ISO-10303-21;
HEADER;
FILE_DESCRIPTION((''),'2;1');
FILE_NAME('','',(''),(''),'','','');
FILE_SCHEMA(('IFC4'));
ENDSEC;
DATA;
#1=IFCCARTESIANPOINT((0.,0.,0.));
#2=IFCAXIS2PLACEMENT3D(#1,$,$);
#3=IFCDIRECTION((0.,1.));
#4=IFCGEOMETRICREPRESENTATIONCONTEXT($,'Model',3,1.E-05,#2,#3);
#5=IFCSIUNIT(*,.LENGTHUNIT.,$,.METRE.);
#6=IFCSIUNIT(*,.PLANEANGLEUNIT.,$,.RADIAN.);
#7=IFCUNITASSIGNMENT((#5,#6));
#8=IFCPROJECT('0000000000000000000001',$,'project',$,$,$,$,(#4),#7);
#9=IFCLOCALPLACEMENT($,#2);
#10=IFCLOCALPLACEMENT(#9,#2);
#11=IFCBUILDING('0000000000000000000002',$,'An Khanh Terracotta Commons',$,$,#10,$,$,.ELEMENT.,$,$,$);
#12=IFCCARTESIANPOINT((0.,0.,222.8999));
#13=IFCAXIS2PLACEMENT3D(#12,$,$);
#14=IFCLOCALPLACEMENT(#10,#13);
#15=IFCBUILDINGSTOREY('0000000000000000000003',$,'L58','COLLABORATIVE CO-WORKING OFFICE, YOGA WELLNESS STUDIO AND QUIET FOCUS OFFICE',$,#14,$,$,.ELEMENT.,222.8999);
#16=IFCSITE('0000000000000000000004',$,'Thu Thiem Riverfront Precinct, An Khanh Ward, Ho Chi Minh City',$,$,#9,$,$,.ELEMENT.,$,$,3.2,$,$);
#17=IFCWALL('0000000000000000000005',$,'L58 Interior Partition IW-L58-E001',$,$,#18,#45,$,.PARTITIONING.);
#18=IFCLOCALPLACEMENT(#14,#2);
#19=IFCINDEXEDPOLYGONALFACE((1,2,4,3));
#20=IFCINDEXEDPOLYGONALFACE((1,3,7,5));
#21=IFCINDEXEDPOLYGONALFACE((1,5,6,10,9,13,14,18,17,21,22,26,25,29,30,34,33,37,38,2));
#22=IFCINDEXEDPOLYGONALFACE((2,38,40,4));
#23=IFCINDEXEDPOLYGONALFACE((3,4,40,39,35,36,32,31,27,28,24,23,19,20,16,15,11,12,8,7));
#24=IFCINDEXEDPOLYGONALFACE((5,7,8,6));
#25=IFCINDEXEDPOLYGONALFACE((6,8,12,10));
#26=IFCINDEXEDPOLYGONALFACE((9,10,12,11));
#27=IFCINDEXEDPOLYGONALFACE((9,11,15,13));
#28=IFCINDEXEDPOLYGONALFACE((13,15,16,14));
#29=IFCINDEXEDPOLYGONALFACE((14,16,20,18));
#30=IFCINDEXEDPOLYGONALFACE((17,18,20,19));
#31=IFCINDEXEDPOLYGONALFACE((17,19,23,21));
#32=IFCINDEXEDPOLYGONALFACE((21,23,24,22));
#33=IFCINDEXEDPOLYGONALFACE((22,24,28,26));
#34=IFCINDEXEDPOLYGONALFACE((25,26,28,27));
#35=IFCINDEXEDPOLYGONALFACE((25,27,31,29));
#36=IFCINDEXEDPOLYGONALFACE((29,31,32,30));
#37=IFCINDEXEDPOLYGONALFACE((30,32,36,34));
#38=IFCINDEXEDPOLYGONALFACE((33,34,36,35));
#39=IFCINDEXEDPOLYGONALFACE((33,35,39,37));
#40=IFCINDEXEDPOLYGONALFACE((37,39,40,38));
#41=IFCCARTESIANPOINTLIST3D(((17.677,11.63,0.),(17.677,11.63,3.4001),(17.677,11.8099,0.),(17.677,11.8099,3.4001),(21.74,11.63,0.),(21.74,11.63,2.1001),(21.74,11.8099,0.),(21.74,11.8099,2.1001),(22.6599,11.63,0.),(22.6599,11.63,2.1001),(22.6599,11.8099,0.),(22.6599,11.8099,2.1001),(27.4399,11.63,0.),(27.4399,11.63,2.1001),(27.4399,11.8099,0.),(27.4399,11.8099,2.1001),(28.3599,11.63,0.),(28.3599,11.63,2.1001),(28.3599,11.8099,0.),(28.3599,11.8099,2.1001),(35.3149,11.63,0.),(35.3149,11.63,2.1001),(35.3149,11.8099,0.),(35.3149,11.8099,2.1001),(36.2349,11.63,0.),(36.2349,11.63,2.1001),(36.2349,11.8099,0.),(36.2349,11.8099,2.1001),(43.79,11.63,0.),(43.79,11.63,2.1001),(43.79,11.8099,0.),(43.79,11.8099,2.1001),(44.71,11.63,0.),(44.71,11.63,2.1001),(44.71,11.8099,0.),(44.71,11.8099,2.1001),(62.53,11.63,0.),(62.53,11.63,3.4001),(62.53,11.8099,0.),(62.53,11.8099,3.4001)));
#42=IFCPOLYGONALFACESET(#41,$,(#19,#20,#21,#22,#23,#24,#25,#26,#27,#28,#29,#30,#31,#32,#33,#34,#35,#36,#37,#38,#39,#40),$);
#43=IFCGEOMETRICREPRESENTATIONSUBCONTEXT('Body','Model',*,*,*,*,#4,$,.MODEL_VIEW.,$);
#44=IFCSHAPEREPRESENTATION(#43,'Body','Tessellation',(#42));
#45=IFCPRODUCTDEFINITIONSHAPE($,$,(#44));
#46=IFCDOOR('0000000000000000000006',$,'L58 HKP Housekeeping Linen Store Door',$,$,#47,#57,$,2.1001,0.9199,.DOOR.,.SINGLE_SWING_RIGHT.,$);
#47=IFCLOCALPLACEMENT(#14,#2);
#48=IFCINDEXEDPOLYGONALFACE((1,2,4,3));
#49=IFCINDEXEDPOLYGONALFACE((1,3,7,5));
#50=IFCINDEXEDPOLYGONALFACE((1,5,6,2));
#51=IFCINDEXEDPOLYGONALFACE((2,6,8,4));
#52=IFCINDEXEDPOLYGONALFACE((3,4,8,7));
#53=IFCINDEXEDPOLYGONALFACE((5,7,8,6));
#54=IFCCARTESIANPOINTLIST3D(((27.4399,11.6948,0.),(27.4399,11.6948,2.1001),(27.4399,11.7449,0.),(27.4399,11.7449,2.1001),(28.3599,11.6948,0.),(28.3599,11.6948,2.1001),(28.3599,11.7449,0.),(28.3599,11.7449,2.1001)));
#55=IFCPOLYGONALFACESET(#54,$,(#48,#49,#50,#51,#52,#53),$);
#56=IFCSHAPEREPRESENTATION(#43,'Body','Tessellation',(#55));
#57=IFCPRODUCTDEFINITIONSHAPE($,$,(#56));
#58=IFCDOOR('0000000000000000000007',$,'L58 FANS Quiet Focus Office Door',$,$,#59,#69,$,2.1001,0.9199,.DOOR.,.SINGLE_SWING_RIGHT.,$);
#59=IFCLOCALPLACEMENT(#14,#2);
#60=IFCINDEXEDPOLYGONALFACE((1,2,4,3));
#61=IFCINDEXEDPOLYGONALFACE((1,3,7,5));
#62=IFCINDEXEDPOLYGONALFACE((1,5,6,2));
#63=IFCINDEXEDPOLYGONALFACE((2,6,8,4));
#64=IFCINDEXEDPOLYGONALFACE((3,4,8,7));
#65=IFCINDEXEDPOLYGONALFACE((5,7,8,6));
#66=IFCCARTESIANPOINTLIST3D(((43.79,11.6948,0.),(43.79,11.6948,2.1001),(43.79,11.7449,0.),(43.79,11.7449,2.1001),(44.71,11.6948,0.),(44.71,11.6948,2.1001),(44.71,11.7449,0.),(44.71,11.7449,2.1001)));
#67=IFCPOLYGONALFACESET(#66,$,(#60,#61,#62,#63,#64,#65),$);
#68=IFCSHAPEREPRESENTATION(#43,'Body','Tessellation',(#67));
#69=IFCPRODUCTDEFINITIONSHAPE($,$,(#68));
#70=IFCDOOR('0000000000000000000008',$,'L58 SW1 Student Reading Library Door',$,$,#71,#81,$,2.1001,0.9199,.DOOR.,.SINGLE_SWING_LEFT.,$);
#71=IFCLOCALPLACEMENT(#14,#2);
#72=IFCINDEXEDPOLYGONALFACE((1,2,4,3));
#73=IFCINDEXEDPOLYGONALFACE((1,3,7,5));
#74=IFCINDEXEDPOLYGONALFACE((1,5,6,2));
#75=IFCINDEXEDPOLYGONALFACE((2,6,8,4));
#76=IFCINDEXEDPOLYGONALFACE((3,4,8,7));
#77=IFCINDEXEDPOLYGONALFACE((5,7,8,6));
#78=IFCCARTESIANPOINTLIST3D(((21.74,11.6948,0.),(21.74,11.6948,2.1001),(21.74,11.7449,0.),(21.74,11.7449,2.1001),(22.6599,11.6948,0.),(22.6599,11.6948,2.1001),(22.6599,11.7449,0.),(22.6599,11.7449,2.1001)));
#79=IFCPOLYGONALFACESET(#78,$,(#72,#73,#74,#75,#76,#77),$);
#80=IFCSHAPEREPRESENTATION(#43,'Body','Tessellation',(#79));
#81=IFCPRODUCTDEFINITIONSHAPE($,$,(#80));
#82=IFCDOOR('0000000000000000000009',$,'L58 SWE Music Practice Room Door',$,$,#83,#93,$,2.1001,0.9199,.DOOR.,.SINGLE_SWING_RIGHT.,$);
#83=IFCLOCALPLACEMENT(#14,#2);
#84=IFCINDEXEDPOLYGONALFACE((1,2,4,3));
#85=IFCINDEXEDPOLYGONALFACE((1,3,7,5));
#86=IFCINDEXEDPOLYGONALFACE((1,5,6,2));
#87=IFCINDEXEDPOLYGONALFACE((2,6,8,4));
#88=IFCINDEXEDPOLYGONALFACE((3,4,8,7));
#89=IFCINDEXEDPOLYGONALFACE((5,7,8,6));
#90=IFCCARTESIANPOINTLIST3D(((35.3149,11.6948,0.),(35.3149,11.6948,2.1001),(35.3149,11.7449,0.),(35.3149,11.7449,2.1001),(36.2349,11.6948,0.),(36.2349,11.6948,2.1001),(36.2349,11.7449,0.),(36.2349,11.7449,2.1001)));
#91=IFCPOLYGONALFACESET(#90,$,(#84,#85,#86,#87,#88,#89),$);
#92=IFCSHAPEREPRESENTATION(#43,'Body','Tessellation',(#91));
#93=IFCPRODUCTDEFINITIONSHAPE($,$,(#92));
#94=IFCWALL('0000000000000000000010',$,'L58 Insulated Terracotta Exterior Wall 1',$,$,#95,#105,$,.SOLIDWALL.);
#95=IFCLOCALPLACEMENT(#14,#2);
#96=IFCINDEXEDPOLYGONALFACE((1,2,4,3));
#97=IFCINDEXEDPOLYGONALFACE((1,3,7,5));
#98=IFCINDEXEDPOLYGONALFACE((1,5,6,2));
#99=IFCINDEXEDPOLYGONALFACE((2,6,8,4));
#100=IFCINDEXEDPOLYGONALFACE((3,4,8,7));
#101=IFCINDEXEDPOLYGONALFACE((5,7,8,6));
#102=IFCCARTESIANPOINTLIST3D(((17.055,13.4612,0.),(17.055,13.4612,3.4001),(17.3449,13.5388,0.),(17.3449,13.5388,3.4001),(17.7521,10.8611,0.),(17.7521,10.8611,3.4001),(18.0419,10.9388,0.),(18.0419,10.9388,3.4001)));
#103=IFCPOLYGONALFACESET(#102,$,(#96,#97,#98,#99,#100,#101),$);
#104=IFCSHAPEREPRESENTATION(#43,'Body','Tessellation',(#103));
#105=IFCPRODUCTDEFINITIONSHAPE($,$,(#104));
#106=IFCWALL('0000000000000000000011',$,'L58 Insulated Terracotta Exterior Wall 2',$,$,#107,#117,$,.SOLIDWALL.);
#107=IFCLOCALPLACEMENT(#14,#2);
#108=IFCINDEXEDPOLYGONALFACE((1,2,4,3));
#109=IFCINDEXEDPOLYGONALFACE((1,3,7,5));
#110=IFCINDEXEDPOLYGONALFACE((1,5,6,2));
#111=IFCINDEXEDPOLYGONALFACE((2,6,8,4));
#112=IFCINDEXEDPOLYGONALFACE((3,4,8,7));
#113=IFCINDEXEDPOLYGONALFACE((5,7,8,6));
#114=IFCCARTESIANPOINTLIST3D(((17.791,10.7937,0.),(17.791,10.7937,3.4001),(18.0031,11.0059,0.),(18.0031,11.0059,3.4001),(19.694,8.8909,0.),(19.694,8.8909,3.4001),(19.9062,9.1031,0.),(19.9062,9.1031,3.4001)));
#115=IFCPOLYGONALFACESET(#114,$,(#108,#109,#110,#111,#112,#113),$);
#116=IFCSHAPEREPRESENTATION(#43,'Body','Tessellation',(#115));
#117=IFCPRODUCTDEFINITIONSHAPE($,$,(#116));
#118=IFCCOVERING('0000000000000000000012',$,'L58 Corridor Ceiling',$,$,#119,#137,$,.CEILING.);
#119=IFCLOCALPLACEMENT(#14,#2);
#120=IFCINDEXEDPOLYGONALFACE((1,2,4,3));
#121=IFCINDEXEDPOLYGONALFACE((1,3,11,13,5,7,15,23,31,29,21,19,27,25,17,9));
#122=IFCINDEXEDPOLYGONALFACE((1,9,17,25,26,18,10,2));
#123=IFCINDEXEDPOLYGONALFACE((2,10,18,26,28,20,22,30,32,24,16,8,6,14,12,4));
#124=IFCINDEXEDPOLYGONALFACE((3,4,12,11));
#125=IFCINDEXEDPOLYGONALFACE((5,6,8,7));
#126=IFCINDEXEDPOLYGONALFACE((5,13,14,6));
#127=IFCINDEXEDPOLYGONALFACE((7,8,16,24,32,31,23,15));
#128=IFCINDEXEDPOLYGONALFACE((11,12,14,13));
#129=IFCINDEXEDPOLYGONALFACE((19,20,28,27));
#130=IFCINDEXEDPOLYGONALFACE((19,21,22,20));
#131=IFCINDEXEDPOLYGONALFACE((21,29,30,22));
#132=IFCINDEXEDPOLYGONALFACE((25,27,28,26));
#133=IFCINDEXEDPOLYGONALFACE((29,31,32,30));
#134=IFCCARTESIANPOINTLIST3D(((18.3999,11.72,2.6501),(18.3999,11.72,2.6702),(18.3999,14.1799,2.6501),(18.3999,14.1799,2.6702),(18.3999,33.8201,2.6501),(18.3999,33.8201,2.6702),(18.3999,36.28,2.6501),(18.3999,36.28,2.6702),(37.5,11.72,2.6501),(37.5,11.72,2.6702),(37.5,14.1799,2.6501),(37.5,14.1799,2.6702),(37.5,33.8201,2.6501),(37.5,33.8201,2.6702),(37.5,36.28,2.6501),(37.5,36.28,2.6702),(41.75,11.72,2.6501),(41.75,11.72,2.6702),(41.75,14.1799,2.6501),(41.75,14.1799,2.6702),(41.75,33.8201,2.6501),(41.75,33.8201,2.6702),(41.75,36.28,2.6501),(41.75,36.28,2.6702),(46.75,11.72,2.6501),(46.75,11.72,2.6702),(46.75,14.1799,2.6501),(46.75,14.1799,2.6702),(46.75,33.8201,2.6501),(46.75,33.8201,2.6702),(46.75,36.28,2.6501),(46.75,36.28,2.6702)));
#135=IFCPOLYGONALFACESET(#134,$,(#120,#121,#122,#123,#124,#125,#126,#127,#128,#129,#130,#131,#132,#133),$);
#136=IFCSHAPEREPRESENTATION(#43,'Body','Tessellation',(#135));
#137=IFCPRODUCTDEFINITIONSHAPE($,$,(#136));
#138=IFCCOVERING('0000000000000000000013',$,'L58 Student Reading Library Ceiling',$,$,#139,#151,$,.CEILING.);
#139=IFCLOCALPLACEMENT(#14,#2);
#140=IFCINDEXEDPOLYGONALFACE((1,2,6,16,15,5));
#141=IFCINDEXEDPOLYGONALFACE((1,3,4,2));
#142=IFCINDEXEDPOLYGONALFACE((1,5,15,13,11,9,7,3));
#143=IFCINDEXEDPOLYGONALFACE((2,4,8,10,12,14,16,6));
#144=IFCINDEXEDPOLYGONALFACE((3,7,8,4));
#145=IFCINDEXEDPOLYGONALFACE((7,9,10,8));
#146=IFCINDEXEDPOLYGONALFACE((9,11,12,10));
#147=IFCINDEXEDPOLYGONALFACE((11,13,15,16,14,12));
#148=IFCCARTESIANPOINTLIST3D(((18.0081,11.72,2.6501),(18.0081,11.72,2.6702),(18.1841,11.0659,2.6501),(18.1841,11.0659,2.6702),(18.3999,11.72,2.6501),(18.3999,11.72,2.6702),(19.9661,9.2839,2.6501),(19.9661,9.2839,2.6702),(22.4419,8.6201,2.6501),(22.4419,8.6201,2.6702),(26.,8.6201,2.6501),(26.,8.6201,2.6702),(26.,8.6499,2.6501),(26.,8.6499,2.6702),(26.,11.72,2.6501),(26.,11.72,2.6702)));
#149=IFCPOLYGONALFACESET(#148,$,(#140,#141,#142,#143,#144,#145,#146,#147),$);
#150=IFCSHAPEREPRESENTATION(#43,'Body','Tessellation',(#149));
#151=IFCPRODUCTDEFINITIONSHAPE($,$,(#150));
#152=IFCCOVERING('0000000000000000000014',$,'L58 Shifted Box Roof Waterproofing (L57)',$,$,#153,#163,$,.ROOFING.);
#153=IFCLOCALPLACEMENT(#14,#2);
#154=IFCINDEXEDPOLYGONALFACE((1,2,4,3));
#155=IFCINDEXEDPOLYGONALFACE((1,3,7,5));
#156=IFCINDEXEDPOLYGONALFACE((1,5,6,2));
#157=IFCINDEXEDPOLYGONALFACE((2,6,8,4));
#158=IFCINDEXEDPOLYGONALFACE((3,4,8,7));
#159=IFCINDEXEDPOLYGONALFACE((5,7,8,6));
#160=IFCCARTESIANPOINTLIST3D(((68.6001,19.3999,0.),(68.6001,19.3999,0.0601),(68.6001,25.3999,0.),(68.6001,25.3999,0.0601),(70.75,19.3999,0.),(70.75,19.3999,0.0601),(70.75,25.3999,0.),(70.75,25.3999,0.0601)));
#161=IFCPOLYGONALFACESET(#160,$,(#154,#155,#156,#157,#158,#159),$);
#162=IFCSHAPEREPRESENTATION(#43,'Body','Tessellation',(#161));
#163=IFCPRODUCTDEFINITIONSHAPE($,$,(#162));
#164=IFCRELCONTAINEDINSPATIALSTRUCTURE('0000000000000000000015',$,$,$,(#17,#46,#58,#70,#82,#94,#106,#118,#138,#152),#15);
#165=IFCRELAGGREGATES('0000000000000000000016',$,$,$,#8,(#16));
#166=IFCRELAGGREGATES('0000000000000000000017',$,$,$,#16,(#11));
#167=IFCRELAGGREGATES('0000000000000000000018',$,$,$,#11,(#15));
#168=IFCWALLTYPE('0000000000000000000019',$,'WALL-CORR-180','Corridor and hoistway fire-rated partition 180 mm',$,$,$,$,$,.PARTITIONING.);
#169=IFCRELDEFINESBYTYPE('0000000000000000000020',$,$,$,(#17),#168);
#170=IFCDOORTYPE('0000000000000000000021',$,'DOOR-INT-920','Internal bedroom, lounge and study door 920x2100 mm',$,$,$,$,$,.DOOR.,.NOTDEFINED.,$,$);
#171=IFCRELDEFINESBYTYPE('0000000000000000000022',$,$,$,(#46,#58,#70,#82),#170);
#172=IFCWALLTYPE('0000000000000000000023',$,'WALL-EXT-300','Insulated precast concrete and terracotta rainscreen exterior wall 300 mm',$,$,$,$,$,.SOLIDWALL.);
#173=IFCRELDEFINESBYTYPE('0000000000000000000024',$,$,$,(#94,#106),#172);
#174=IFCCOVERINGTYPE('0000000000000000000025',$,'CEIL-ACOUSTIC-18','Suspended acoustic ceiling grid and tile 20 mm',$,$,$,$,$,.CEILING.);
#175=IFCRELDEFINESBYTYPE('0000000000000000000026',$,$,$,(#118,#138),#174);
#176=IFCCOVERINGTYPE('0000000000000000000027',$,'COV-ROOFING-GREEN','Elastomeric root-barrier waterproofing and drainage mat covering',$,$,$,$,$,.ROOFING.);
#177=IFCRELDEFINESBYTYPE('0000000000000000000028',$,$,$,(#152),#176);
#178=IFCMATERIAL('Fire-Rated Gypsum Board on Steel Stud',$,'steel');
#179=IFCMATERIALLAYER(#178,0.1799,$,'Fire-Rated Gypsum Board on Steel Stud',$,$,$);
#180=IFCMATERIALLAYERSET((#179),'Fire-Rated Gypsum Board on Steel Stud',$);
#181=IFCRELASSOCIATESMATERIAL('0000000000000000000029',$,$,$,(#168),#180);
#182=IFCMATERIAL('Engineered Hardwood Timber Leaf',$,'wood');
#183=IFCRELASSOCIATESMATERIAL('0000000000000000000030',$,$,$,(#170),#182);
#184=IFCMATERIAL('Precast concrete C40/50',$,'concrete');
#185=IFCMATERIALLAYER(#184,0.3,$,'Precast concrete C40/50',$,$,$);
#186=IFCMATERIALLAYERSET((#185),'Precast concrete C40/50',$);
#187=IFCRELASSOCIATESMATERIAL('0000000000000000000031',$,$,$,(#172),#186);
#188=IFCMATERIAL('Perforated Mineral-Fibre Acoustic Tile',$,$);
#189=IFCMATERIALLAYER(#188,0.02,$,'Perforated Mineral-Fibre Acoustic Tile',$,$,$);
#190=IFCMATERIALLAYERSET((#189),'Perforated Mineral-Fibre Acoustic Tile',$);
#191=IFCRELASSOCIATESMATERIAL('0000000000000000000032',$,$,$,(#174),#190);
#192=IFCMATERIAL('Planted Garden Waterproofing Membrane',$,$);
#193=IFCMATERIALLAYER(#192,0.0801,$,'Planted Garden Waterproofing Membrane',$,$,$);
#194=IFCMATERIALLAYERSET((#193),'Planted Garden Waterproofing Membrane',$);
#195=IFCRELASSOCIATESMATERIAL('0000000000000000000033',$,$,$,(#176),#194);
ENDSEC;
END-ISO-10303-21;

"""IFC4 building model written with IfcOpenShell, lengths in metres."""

from ifc_helpers import new_model, si_unit, direction, frame, frame_2d, origin, place, context, subcontext, project, spatial, polyline, rectangle, outline, extrude, material, layer, layer_set, type_object, element, fill, save


model = new_model("IFC4")

# Units and contexts
model_context = context("Model", 3, precision=1e-05, world=origin(), true_north=direction((0.0, 1.0)))
body_context = subcontext(model_context, "Body", "Model", "MODEL_VIEW")
ifc_project = project(units=[si_unit("LENGTHUNIT", "METRE"), si_unit("PLANEANGLEUNIT", "RADIAN")], contexts=[model_context])

# Site, building, storey
site_placement = place(None, origin())
site = spatial("IfcSite", under=ifc_project, at=site_placement, Name="Thu Thiem Riverfront Precinct, An Khanh Ward, Ho Chi Minh City", CompositionType="ELEMENT", RefElevation=3.2)
building_placement = place(site_placement, origin())
building = spatial("IfcBuilding", under=site, at=building_placement, Name="An Khanh Terracotta Commons", CompositionType="ELEMENT")
storey_placement = place(building_placement, frame((0.0, 0.0, 222.8999)))
storey = spatial("IfcBuildingStorey", under=building, at=storey_placement, Name="L58", Description="COLLABORATIVE CO-WORKING OFFICE, YOGA WELLNESS STUDIO AND QUIET FOCUS OFFICE", CompositionType="ELEMENT", Elevation=222.8999)

# Shared definitions
ifc_material_1 = material(Name="Precast concrete C40/50", Category="concrete")

# Wall, openings, doors
ifc_material_2 = material(Name="Fire-Rated Gypsum Board on Steel Stud", Category="steel")
ifc_layer_1 = layer(ifc_material_2, 0.1799, Name="Fire-Rated Gypsum Board on Steel Stud")
ifc_layer_set_1 = layer_set([ifc_layer_1], Name="Fire-Rated Gypsum Board on Steel Stud")
wall_type_1 = type_object("IfcWallType", Name="WALL-CORR-180", Description="Corridor and hoistway fire-rated partition 180 mm", PredefinedType="PARTITIONING", material=ifc_layer_set_1)
wall_1_placement = place(storey_placement, frame((17.677, 11.72, 0.0), z_axis=(0.0, 0.0, 1.0), x_axis=(1.0, 0.0, 0.0)))
wall_1 = element("IfcWall", 1, at=wall_1_placement, inside=storey, type_object=wall_type_1, Name="L58 Interior Partition IW-L58-E001", PredefinedType="PARTITIONING", context=body_context, shape_type="SweptSolid", body=[
    extrude(rectangle(XDim=44.853, YDim=0.1799, at=frame_2d((22.4265, 0.0))), origin(), (0.0, 0.0, 1.0), 3.4001),
])
opening_1_placement = place(wall_1_placement, frame((9.7629, 0.0, 0.0)))
opening_1 = element("IfcOpeningElement", 2, at=opening_1_placement, cuts=wall_1, PredefinedType="OPENING", context=body_context, shape_type="SweptSolid", body=[
    extrude(rectangle(XDim=0.9199, YDim=2.1001, at=frame_2d((0.46, 1.05))), frame((0.0, 0.0999, 0.0), z_axis=(0.0, -1.0, 0.0), x_axis=(1.0, 0.0, 0.0)), (0.0, 0.0, 1.0), 0.2),
])
opening_2_placement = place(wall_1_placement, frame((26.113, 0.0, 0.0)))
opening_2 = element("IfcOpeningElement", 3, at=opening_2_placement, cuts=wall_1, PredefinedType="OPENING", context=body_context, shape_type="SweptSolid", body=[
    extrude(rectangle(XDim=0.9199, YDim=2.1001, at=frame_2d((0.46, 1.05))), frame((0.0, 0.0999, 0.0), z_axis=(0.0, -1.0, 0.0), x_axis=(1.0, 0.0, 0.0)), (0.0, 0.0, 1.0), 0.2),
])
opening_3_placement = place(wall_1_placement, frame((4.063, 0.0, 0.0)))
opening_3 = element("IfcOpeningElement", 4, at=opening_3_placement, cuts=wall_1, PredefinedType="OPENING", context=body_context, shape_type="SweptSolid", body=[
    extrude(rectangle(XDim=0.9199, YDim=2.1001, at=frame_2d((0.46, 1.05))), frame((0.0, 0.0999, 0.0), z_axis=(0.0, -1.0, 0.0), x_axis=(1.0, 0.0, 0.0)), (0.0, 0.0, 1.0), 0.2),
])
opening_4_placement = place(wall_1_placement, frame((17.6379, 0.0, 0.0)))
opening_4 = element("IfcOpeningElement", 5, at=opening_4_placement, cuts=wall_1, PredefinedType="OPENING", context=body_context, shape_type="SweptSolid", body=[
    extrude(rectangle(XDim=0.9199, YDim=2.1001, at=frame_2d((0.46, 1.05))), frame((0.0, 0.0999, 0.0), z_axis=(0.0, -1.0, 0.0), x_axis=(1.0, 0.0, 0.0)), (0.0, 0.0, 1.0), 0.2),
])
ifc_material_3 = material(Name="Engineered Hardwood Timber Leaf", Category="wood")
door_type = type_object("IfcDoorType", Name="DOOR-INT-920", Description="Internal bedroom, lounge and study door 920x2100 mm", OperationType="NOTDEFINED", PredefinedType="DOOR", material=ifc_material_3)
door_1_placement = place(opening_1_placement, origin())
door_1 = element("IfcDoor", 6, at=door_1_placement, inside=storey, type_object=door_type, Name="L58 HKP Housekeeping Linen Store Door", OperationType="SINGLE_SWING_RIGHT", OverallHeight=2.1001, OverallWidth=0.9199, PredefinedType="DOOR", context=body_context, shape_type="SweptSolid", body=[
    extrude(rectangle(XDim=0.9199, YDim=2.1001, at=frame_2d((0.46, 1.05))), frame((0.0, 0.0249, 0.0), z_axis=(0.0, -1.0, 0.0), x_axis=(1.0, 0.0, 0.0)), (0.0, 0.0, 1.0), 0.05),
])
fill(opening_1, door_1)
door_2_placement = place(opening_2_placement, origin())
door_2 = element("IfcDoor", 7, at=door_2_placement, inside=storey, type_object=door_type, Name="L58 FANS Quiet Focus Office Door", OperationType="SINGLE_SWING_RIGHT", OverallHeight=2.1001, OverallWidth=0.9199, PredefinedType="DOOR", context=body_context, shape_type="SweptSolid", body=[
    extrude(rectangle(XDim=0.9199, YDim=2.1001, at=frame_2d((0.46, 1.05))), frame((0.0, 0.0249, 0.0), z_axis=(0.0, -1.0, 0.0), x_axis=(1.0, 0.0, 0.0)), (0.0, 0.0, 1.0), 0.05),
])
fill(opening_2, door_2)
door_3_placement = place(opening_3_placement, origin())
door_3 = element("IfcDoor", 8, at=door_3_placement, inside=storey, type_object=door_type, Name="L58 SW1 Student Reading Library Door", OperationType="SINGLE_SWING_LEFT", OverallHeight=2.1001, OverallWidth=0.9199, PredefinedType="DOOR", context=body_context, shape_type="SweptSolid", body=[
    extrude(rectangle(XDim=0.9199, YDim=2.1001, at=frame_2d((0.46, 1.05))), frame((0.0, 0.0249, 0.0), z_axis=(0.0, -1.0, 0.0), x_axis=(1.0, 0.0, 0.0)), (0.0, 0.0, 1.0), 0.05),
])
fill(opening_3, door_3)
door_4_placement = place(opening_4_placement, origin())
door_4 = element("IfcDoor", 9, at=door_4_placement, inside=storey, type_object=door_type, Name="L58 SWE Music Practice Room Door", OperationType="SINGLE_SWING_RIGHT", OverallHeight=2.1001, OverallWidth=0.9199, PredefinedType="DOOR", context=body_context, shape_type="SweptSolid", body=[
    extrude(rectangle(XDim=0.9199, YDim=2.1001, at=frame_2d((0.46, 1.05))), frame((0.0, 0.0249, 0.0), z_axis=(0.0, -1.0, 0.0), x_axis=(1.0, 0.0, 0.0)), (0.0, 0.0, 1.0), 0.05),
])
fill(opening_4, door_4)

# Walls
ifc_layer_2 = layer(ifc_material_1, 0.3, Name="Precast concrete C40/50")
ifc_layer_set_2 = layer_set([ifc_layer_2], Name="Precast concrete C40/50")
wall_type_2 = type_object("IfcWallType", Name="WALL-EXT-300", Description="Insulated precast concrete and terracotta rainscreen exterior wall 300 mm", PredefinedType="SOLIDWALL", material=ifc_layer_set_2)
wall_2_placement = place(storey_placement, frame((17.2, 13.5, 0.0), z_axis=(0.0, 0.0, 1.0), x_axis=(0.258933, -0.965895, 0.0)))
element("IfcWall", 10, at=wall_2_placement, inside=storey, type_object=wall_type_2, Name="L58 Insulated Terracotta Exterior Wall 1", PredefinedType="SOLIDWALL", context=body_context, shape_type="SweptSolid", body=[
    extrude(rectangle(XDim=2.6919, YDim=0.3, at=frame_2d((1.3459, 0.0))), origin(), (0.0, 0.0, 1.0), 3.4001),
])
wall_3_placement = place(storey_placement, frame((17.897, 10.8999, 0.0), z_axis=(0.0, 0.0, 1.0), x_axis=(0.707152, -0.707061, 0.0)))
element("IfcWall", 11, at=wall_3_placement, inside=storey, type_object=wall_type_2, Name="L58 Insulated Terracotta Exterior Wall 2", PredefinedType="SOLIDWALL", context=body_context, shape_type="SweptSolid", body=[
    extrude(rectangle(XDim=2.6912, YDim=0.3, at=frame_2d((1.3457, 0.0))), origin(), (0.0, 0.0, 1.0), 3.4001),
])

# Coverings
ifc_material_4 = material(Name="Perforated Mineral-Fibre Acoustic Tile")
ifc_layer_3 = layer(ifc_material_4, 0.02, Name="Perforated Mineral-Fibre Acoustic Tile")
ifc_layer_set_3 = layer_set([ifc_layer_3], Name="Perforated Mineral-Fibre Acoustic Tile")
covering_type_1 = type_object("IfcCoveringType", Name="CEIL-ACOUSTIC-18", Description="Suspended acoustic ceiling grid and tile 20 mm", PredefinedType="CEILING", material=ifc_layer_set_3)
covering_1_placement = place(storey_placement, frame((0.0, 0.0, 2.6501)))
element("IfcCovering", 12, at=covering_1_placement, inside=storey, type_object=covering_type_1, Name="L58 Corridor Ceiling", PredefinedType="CEILING", context=body_context, shape_type="SweptSolid", body=[
    extrude(outline(polyline([(37.5, 14.1799), (37.5, 33.8201), (18.3999, 33.8201), (18.3999, 36.28), (37.5, 36.28), (41.75, 36.28), (46.75, 36.28), (46.75, 33.8201), (41.75, 33.8201), (41.75, 14.1799), (46.75, 14.1799), (46.75, 11.72), (41.75, 11.72), (37.5, 11.72), (18.3999, 11.72), (18.3999, 14.1799), (37.5, 14.1799)])), origin(), (0.0, 0.0, 1.0), 0.02),
])
covering_2_placement = place(storey_placement, frame((0.0, 0.0, 2.6501)))
element("IfcCovering", 13, at=covering_2_placement, inside=storey, type_object=covering_type_1, Name="L58 Student Reading Library Ceiling", PredefinedType="CEILING", context=body_context, shape_type="SweptSolid", body=[
    extrude(outline(polyline([(22.4419, 8.6201), (19.9661, 9.2839), (18.1841, 11.0659), (18.0081, 11.72), (18.3999, 11.72), (26.0, 11.72), (26.0, 8.6499), (26.0, 8.6201), (22.4419, 8.6201)])), origin(), (0.0, 0.0, 1.0), 0.02),
])
ifc_material_5 = material(Name="Planted Garden Waterproofing Membrane")
ifc_layer_4 = layer(ifc_material_5, 0.0801, Name="Planted Garden Waterproofing Membrane")
ifc_layer_set_4 = layer_set([ifc_layer_4], Name="Planted Garden Waterproofing Membrane")
covering_type_2 = type_object("IfcCoveringType", Name="COV-ROOFING-GREEN", Description="Elastomeric root-barrier waterproofing and drainage mat covering", PredefinedType="ROOFING", material=ifc_layer_set_4)
covering_3_placement = place(storey_placement, origin())
element("IfcCovering", 14, at=covering_3_placement, inside=storey, type_object=covering_type_2, Name="L58 Shifted Box Roof Waterproofing (L57)", PredefinedType="ROOFING", context=body_context, shape_type="SweptSolid", body=[
    extrude(outline(polyline([(68.6001, 19.3999), (70.75, 19.3999), (70.75, 25.3999), (68.6001, 25.3999), (68.6001, 19.3999)])), origin(), (0.0, 0.0, 1.0), 0.0601),
])

save(model, "model.ifc")
